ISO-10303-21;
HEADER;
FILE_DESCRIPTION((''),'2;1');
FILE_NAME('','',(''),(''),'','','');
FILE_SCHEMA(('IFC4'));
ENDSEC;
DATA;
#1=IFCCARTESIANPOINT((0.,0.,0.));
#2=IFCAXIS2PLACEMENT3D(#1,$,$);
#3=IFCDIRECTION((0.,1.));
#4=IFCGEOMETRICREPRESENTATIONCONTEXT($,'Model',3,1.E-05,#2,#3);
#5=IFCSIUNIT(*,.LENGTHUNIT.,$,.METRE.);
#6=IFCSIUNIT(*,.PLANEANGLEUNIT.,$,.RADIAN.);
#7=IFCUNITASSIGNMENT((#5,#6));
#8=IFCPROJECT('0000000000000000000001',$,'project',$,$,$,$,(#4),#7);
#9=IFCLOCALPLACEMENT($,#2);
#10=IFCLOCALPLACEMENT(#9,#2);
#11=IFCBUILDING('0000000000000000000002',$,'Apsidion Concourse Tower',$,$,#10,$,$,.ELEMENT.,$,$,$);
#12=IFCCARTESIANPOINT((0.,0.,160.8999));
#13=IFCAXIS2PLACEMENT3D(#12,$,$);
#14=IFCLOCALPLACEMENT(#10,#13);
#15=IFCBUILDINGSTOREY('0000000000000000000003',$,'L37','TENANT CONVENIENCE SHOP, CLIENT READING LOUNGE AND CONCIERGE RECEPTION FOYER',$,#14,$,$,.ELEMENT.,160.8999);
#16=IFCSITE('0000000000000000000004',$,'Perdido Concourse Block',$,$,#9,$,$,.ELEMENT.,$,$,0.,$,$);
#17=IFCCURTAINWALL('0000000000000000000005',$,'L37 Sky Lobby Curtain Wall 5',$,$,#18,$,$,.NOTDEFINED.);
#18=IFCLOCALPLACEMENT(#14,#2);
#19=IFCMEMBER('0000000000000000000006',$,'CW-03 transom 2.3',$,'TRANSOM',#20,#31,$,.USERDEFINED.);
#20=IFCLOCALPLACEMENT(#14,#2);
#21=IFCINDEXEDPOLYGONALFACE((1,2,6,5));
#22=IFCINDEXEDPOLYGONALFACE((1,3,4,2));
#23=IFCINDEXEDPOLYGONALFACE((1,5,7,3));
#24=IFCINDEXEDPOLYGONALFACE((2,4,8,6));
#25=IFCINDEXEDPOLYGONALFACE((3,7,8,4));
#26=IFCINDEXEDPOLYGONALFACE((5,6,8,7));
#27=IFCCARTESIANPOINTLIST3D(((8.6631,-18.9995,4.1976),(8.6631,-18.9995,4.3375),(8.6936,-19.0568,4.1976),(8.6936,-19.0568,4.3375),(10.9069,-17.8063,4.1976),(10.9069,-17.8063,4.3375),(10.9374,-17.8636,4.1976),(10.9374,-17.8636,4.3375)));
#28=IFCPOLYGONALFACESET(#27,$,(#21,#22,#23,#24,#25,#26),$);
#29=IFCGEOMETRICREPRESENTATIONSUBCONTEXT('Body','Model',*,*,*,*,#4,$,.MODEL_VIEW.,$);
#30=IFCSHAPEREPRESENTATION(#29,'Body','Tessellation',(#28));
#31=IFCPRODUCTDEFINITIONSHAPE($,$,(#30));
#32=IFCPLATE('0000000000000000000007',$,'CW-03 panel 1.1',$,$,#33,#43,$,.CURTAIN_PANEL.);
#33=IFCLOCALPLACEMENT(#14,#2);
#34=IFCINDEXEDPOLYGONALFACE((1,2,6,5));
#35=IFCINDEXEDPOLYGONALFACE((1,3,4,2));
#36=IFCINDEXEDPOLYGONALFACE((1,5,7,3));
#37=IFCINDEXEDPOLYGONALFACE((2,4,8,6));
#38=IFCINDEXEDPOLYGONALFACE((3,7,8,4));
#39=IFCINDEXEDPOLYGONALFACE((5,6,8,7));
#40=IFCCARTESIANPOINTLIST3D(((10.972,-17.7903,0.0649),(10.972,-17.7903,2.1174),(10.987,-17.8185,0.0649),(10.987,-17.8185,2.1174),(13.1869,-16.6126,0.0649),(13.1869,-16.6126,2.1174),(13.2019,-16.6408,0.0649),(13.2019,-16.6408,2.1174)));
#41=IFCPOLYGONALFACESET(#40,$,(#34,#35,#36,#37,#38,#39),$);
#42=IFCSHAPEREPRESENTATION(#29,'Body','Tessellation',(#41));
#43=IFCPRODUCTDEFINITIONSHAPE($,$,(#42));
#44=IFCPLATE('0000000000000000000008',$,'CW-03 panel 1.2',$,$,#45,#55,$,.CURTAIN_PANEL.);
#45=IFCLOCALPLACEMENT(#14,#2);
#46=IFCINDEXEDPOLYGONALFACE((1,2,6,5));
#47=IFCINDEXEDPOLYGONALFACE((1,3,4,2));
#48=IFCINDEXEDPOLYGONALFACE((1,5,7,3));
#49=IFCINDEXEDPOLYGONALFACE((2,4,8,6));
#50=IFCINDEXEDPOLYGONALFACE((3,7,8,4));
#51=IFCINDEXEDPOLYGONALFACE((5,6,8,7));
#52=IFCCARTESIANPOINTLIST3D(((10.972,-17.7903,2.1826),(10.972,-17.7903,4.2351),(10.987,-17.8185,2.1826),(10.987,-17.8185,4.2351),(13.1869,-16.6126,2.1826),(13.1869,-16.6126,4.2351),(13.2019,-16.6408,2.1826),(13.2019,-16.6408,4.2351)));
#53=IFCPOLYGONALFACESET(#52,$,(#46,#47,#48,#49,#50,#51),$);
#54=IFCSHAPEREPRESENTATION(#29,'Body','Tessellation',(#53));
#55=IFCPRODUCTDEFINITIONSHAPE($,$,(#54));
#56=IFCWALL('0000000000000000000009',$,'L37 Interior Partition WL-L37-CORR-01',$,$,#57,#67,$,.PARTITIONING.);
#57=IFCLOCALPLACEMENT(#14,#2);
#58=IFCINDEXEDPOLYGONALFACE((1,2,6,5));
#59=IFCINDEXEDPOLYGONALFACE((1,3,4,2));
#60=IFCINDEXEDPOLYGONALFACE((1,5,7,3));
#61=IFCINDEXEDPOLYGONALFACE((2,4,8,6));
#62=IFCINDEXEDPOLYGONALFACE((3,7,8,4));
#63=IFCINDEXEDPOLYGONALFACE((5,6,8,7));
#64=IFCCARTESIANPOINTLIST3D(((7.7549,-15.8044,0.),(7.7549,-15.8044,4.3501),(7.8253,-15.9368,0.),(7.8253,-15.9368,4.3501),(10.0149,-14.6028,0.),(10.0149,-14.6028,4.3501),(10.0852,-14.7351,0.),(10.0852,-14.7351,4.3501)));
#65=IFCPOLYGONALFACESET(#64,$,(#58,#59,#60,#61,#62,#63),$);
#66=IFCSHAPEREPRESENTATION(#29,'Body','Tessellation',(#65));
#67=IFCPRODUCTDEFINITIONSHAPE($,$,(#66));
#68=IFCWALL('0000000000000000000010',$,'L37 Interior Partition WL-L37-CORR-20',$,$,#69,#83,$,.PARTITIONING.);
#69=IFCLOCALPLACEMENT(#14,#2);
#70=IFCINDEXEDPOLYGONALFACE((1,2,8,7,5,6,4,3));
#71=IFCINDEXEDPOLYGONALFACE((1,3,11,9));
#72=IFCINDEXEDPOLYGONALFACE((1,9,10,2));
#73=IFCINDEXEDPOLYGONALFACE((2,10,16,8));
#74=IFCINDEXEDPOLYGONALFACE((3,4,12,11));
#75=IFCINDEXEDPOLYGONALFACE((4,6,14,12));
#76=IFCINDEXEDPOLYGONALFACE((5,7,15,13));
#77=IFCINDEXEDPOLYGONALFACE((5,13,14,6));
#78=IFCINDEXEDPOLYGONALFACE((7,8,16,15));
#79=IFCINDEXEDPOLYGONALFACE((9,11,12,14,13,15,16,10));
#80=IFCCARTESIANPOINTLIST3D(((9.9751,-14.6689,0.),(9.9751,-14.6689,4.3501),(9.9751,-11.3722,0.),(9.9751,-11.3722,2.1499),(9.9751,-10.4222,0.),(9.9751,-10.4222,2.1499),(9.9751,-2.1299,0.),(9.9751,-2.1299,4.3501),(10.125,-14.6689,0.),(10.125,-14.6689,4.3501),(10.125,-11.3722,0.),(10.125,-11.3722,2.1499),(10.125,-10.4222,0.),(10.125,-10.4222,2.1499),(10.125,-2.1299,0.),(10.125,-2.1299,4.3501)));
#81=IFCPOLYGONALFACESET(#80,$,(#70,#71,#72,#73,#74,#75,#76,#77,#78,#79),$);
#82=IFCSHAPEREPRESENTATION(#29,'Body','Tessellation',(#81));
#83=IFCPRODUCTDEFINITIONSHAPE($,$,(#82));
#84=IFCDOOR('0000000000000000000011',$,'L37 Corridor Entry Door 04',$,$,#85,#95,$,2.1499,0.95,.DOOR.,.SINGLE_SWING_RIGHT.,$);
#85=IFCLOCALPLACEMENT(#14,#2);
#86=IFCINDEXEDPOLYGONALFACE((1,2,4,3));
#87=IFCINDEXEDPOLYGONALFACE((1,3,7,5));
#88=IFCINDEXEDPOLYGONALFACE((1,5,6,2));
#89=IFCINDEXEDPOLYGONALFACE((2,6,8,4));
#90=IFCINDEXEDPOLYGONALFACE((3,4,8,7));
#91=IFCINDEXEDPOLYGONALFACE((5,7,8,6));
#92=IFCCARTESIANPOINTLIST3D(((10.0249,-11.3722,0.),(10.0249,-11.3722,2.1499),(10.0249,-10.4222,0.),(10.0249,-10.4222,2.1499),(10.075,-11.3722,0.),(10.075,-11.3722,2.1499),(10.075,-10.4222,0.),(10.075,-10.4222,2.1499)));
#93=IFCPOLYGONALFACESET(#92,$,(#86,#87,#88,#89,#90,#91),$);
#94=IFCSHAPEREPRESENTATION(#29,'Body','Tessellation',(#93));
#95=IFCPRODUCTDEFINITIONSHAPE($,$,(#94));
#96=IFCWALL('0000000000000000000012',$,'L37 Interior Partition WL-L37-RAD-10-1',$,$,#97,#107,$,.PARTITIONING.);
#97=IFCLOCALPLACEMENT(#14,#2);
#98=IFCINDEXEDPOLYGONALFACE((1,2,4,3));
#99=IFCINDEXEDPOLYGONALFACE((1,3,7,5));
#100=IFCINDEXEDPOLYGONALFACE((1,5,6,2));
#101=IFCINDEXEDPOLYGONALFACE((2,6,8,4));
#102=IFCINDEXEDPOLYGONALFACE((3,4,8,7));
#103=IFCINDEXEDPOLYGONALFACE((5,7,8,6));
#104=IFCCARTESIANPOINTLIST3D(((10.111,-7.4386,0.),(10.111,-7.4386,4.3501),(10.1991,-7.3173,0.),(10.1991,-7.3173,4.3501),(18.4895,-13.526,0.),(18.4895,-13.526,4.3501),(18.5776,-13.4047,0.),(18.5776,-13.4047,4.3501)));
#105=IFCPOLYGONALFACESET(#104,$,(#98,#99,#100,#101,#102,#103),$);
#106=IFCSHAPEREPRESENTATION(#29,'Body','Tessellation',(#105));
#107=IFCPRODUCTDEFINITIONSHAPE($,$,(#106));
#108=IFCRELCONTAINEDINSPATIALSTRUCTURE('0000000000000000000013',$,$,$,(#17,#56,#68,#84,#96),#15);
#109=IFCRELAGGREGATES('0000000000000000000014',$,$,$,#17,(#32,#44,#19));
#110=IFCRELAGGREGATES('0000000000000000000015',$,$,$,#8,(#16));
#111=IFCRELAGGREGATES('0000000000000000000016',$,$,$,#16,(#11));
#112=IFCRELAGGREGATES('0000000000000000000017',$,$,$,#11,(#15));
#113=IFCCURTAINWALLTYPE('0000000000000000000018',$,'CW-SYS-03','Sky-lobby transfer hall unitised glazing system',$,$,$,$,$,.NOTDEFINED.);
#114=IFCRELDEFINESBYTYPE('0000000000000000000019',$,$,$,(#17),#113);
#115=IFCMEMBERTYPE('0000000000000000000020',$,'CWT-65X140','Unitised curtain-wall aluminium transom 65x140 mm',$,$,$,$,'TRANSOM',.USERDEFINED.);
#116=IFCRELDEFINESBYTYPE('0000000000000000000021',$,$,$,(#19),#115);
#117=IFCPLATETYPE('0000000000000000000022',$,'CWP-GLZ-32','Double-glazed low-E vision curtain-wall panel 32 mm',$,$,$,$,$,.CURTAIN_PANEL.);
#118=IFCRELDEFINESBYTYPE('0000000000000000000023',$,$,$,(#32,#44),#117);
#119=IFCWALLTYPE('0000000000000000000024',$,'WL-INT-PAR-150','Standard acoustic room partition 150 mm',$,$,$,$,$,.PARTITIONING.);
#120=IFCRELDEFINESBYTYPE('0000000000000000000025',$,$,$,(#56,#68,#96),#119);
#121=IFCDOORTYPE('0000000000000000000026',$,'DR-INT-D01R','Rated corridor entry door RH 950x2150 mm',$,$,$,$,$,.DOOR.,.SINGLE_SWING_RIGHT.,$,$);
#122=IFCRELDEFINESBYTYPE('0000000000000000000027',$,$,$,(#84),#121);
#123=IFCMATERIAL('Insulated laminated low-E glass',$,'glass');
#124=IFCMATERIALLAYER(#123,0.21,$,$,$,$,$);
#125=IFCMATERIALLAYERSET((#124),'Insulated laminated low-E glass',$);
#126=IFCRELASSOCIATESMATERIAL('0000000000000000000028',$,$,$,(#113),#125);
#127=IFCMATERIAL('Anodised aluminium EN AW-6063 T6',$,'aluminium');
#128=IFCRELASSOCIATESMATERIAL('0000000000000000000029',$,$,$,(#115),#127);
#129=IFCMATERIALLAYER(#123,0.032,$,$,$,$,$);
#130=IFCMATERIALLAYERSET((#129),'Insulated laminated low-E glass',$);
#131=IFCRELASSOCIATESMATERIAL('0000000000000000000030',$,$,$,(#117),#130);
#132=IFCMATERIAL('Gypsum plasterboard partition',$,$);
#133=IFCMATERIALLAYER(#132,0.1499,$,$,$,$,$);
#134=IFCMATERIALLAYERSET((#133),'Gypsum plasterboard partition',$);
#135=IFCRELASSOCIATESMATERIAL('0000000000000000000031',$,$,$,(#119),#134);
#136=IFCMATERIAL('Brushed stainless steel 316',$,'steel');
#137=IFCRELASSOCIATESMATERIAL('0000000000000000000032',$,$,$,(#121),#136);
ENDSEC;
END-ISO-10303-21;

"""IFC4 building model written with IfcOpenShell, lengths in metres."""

from ifc_helpers import new_model, si_unit, direction, frame, frame_2d, origin, origin_2d, place, context, subcontext, project, spatial, rectangle, extrude, material, layer, layer_set, material_profile, profile_set, type_object, element, fill, aggregate, save


model = new_model("IFC4")

# Units and contexts
model_context = context("Model", 3, precision=1e-05, world=origin(), true_north=direction((0.0, 1.0)))
body_context = subcontext(model_context, "Body", "Model", "MODEL_VIEW")
ifc_project = project(units=[si_unit("LENGTHUNIT", "METRE"), si_unit("PLANEANGLEUNIT", "RADIAN")], contexts=[model_context])

# Site, building, storey
site_placement = place(None, origin())
site = spatial("IfcSite", under=ifc_project, at=site_placement, Name="Perdido Concourse Block", CompositionType="ELEMENT", RefElevation=0.0)
building_placement = place(site_placement, origin())
building = spatial("IfcBuilding", under=site, at=building_placement, Name="Apsidion Concourse Tower", CompositionType="ELEMENT")
storey_placement = place(building_placement, frame((0.0, 0.0, 160.8999)))
storey = spatial("IfcBuildingStorey", under=building, at=storey_placement, Name="L37", Description="TENANT CONVENIENCE SHOP, CLIENT READING LOUNGE AND CONCIERGE RECEPTION FOYER", CompositionType="ELEMENT", Elevation=160.8999)

# Curtain wall, member, plates
ifc_material_1 = material(Name="Insulated laminated low-E glass", Category="glass")
ifc_layer_1 = layer(ifc_material_1, 0.21)
ifc_layer_set_1 = layer_set([ifc_layer_1], Name="Insulated laminated low-E glass")
curtain_wall_type = type_object("IfcCurtainWallType", Name="CW-SYS-03", Description="Sky-lobby transfer hall unitised glazing system", PredefinedType="NOTDEFINED", material=ifc_layer_set_1)
curtain_wall_placement = place(storey_placement, origin())
curtain_wall = element("IfcCurtainWall", 1, at=curtain_wall_placement, inside=storey, type_object=curtain_wall_type, Name="L37 Sky Lobby Curtain Wall 5", PredefinedType="NOTDEFINED")
ifc_material_2 = material(Name="Anodised aluminium EN AW-6063 T6", Category="aluminium")
ifc_material_profile_1 = material_profile(ifc_material_2, rectangle(XDim=0.0649, YDim=0.1399, at=origin_2d()), Name="ALU TRANSOM 65x140")
ifc_profile_set_1 = profile_set([ifc_material_profile_1], Name="Anodised aluminium EN AW-6063 T6")
member_type_1 = type_object("IfcMemberType", Name="CWT-65X140", Description="Unitised curtain-wall aluminium transom 65x140 mm", ElementType="TRANSOM", PredefinedType="USERDEFINED", material=ifc_profile_set_1)
member_1_placement = place(storey_placement, frame((10.9221, -17.835, 4.2676), z_axis=(-0.882924, -0.469516, 0.0), x_axis=(0.469516, -0.882924, 0.0)))
member_1 = element("IfcMember", 2, at=member_1_placement, type_object=member_type_1, Name="CW-03 transom 2.3", ObjectType="TRANSOM", PredefinedType="USERDEFINED", context=body_context, shape_type="SweptSolid", body=[
    extrude(rectangle(XDim=0.0649, YDim=0.1399, at=origin_2d()), origin(), (0.0, 0.0, 1.0), 2.5413),
])
ifc_layer_2 = layer(ifc_material_1, 0.032)
ifc_layer_set_2 = layer_set([ifc_layer_2], Name="Insulated laminated low-E glass")
plate_type = type_object("IfcPlateType", Name="CWP-GLZ-32", Description="Double-glazed low-E vision curtain-wall panel 32 mm", PredefinedType="CURTAIN_PANEL", material=ifc_layer_set_2)
plate_1_placement = place(storey_placement, frame((12.0869, -17.2156, 0.0649), z_axis=(0.0, 0.0, 1.0), x_axis=(-0.882947, -0.469472, 0.0)))
plate_1 = element("IfcPlate", 3, at=plate_1_placement, type_object=plate_type, Name="CW-03 panel 1.1", PredefinedType="CURTAIN_PANEL", context=body_context, shape_type="SweptSolid", body=[
    extrude(rectangle(XDim=2.5085, YDim=0.032, at=origin_2d()), origin(), (0.0, 0.0, 1.0), 2.0525),
])
plate_2_placement = place(storey_placement, frame((12.0869, -17.2156, 2.1826), z_axis=(0.0, 0.0, 1.0), x_axis=(-0.882947, -0.469472, 0.0)))
plate_2 = element("IfcPlate", 4, at=plate_2_placement, type_object=plate_type, Name="CW-03 panel 1.2", PredefinedType="CURTAIN_PANEL", context=body_context, shape_type="SweptSolid", body=[
    extrude(rectangle(XDim=2.5085, YDim=0.032, at=origin_2d()), origin(), (0.0, 0.0, 1.0), 2.0525),
])
aggregate(curtain_wall, [plate_1, plate_2, member_1])

# Wall
ifc_material_3 = material(Name="Gypsum plasterboard partition")
ifc_layer_3 = layer(ifc_material_3, 0.1499)
ifc_layer_set_3 = layer_set([ifc_layer_3], Name="Gypsum plasterboard partition")
wall_type = type_object("IfcWallType", Name="WL-INT-PAR-150", Description="Standard acoustic room partition 150 mm", PredefinedType="PARTITIONING", material=ifc_layer_set_3)
wall_1_placement = place(storey_placement, frame((10.05, -14.6689, 0.0), z_axis=(0.0, 0.0, 1.0), x_axis=(-0.882949, -0.469469, 0.0)))
element("IfcWall", 5, at=wall_1_placement, inside=storey, type_object=wall_type, Name="L37 Interior Partition WL-L37-CORR-01", PredefinedType="PARTITIONING", context=body_context, shape_type="SweptSolid", body=[
    extrude(rectangle(XDim=2.5596, YDim=0.1499, at=frame_2d((1.2798, 0.0))), origin(), (0.0, 0.0, 1.0), 4.3501),
])

# Wall, opening, door
wall_2_placement = place(storey_placement, frame((10.05, -2.1299, 0.0), z_axis=(0.0, 0.0, 1.0), x_axis=(0.0, -1.0, 0.0)))
wall_2 = element("IfcWall", 6, at=wall_2_placement, inside=storey, type_object=wall_type, Name="L37 Interior Partition WL-L37-CORR-20", PredefinedType="PARTITIONING", context=body_context, shape_type="SweptSolid", body=[
    extrude(rectangle(XDim=12.5391, YDim=0.1499, at=frame_2d((6.2695, 0.0))), origin(), (0.0, 0.0, 1.0), 4.3501),
])
opening_placement = place(wall_2_placement, frame((8.2922, 0.0, 0.0)))
opening = element("IfcOpeningElement", 7, at=opening_placement, cuts=wall_2, PredefinedType="OPENING", context=body_context, shape_type="SweptSolid", body=[
    extrude(rectangle(XDim=0.95, YDim=2.1499, at=frame_2d((0.4751, 1.075))), frame((0.0, 0.085, 0.0), z_axis=(0.0, -1.0, 0.0), x_axis=(1.0, 0.0, 0.0)), (0.0, 0.0, 1.0), 0.1699),
])
ifc_material_4 = material(Name="Brushed stainless steel 316", Category="steel")
door_type = type_object("IfcDoorType", Name="DR-INT-D01R", Description="Rated corridor entry door RH 950x2150 mm", OperationType="SINGLE_SWING_RIGHT", PredefinedType="DOOR", material=ifc_material_4)
door_placement = place(opening_placement, origin())
door = element("IfcDoor", 8, at=door_placement, inside=storey, type_object=door_type, Name="L37 Corridor Entry Door 04", OperationType="SINGLE_SWING_RIGHT", OverallHeight=2.1499, OverallWidth=0.95, PredefinedType="DOOR", context=body_context, shape_type="SweptSolid", body=[
    extrude(rectangle(XDim=0.95, YDim=2.1499, at=frame_2d((0.4751, 1.075))), frame((0.0, 0.0249, 0.0), z_axis=(0.0, -1.0, 0.0), x_axis=(1.0, 0.0, 0.0)), (0.0, 0.0, 1.0), 0.05),
])
fill(opening, door)

# Wall
wall_3_placement = place(storey_placement, frame((10.155, -7.3779, 0.0), z_axis=(0.0, 0.0, 1.0), x_axis=(0.809011, -0.587793, 0.0)))
element("IfcWall", 9, at=wall_3_placement, inside=storey, type_object=wall_type, Name="L37 Interior Partition WL-L37-RAD-10-1", PredefinedType="PARTITIONING", context=body_context, shape_type="SweptSolid", body=[
    extrude(rectangle(XDim=10.3564, YDim=0.1499, at=frame_2d((5.1782, 0.0))), origin(), (0.0, 0.0, 1.0), 4.3501),
])

save(model, "model.ifc")
